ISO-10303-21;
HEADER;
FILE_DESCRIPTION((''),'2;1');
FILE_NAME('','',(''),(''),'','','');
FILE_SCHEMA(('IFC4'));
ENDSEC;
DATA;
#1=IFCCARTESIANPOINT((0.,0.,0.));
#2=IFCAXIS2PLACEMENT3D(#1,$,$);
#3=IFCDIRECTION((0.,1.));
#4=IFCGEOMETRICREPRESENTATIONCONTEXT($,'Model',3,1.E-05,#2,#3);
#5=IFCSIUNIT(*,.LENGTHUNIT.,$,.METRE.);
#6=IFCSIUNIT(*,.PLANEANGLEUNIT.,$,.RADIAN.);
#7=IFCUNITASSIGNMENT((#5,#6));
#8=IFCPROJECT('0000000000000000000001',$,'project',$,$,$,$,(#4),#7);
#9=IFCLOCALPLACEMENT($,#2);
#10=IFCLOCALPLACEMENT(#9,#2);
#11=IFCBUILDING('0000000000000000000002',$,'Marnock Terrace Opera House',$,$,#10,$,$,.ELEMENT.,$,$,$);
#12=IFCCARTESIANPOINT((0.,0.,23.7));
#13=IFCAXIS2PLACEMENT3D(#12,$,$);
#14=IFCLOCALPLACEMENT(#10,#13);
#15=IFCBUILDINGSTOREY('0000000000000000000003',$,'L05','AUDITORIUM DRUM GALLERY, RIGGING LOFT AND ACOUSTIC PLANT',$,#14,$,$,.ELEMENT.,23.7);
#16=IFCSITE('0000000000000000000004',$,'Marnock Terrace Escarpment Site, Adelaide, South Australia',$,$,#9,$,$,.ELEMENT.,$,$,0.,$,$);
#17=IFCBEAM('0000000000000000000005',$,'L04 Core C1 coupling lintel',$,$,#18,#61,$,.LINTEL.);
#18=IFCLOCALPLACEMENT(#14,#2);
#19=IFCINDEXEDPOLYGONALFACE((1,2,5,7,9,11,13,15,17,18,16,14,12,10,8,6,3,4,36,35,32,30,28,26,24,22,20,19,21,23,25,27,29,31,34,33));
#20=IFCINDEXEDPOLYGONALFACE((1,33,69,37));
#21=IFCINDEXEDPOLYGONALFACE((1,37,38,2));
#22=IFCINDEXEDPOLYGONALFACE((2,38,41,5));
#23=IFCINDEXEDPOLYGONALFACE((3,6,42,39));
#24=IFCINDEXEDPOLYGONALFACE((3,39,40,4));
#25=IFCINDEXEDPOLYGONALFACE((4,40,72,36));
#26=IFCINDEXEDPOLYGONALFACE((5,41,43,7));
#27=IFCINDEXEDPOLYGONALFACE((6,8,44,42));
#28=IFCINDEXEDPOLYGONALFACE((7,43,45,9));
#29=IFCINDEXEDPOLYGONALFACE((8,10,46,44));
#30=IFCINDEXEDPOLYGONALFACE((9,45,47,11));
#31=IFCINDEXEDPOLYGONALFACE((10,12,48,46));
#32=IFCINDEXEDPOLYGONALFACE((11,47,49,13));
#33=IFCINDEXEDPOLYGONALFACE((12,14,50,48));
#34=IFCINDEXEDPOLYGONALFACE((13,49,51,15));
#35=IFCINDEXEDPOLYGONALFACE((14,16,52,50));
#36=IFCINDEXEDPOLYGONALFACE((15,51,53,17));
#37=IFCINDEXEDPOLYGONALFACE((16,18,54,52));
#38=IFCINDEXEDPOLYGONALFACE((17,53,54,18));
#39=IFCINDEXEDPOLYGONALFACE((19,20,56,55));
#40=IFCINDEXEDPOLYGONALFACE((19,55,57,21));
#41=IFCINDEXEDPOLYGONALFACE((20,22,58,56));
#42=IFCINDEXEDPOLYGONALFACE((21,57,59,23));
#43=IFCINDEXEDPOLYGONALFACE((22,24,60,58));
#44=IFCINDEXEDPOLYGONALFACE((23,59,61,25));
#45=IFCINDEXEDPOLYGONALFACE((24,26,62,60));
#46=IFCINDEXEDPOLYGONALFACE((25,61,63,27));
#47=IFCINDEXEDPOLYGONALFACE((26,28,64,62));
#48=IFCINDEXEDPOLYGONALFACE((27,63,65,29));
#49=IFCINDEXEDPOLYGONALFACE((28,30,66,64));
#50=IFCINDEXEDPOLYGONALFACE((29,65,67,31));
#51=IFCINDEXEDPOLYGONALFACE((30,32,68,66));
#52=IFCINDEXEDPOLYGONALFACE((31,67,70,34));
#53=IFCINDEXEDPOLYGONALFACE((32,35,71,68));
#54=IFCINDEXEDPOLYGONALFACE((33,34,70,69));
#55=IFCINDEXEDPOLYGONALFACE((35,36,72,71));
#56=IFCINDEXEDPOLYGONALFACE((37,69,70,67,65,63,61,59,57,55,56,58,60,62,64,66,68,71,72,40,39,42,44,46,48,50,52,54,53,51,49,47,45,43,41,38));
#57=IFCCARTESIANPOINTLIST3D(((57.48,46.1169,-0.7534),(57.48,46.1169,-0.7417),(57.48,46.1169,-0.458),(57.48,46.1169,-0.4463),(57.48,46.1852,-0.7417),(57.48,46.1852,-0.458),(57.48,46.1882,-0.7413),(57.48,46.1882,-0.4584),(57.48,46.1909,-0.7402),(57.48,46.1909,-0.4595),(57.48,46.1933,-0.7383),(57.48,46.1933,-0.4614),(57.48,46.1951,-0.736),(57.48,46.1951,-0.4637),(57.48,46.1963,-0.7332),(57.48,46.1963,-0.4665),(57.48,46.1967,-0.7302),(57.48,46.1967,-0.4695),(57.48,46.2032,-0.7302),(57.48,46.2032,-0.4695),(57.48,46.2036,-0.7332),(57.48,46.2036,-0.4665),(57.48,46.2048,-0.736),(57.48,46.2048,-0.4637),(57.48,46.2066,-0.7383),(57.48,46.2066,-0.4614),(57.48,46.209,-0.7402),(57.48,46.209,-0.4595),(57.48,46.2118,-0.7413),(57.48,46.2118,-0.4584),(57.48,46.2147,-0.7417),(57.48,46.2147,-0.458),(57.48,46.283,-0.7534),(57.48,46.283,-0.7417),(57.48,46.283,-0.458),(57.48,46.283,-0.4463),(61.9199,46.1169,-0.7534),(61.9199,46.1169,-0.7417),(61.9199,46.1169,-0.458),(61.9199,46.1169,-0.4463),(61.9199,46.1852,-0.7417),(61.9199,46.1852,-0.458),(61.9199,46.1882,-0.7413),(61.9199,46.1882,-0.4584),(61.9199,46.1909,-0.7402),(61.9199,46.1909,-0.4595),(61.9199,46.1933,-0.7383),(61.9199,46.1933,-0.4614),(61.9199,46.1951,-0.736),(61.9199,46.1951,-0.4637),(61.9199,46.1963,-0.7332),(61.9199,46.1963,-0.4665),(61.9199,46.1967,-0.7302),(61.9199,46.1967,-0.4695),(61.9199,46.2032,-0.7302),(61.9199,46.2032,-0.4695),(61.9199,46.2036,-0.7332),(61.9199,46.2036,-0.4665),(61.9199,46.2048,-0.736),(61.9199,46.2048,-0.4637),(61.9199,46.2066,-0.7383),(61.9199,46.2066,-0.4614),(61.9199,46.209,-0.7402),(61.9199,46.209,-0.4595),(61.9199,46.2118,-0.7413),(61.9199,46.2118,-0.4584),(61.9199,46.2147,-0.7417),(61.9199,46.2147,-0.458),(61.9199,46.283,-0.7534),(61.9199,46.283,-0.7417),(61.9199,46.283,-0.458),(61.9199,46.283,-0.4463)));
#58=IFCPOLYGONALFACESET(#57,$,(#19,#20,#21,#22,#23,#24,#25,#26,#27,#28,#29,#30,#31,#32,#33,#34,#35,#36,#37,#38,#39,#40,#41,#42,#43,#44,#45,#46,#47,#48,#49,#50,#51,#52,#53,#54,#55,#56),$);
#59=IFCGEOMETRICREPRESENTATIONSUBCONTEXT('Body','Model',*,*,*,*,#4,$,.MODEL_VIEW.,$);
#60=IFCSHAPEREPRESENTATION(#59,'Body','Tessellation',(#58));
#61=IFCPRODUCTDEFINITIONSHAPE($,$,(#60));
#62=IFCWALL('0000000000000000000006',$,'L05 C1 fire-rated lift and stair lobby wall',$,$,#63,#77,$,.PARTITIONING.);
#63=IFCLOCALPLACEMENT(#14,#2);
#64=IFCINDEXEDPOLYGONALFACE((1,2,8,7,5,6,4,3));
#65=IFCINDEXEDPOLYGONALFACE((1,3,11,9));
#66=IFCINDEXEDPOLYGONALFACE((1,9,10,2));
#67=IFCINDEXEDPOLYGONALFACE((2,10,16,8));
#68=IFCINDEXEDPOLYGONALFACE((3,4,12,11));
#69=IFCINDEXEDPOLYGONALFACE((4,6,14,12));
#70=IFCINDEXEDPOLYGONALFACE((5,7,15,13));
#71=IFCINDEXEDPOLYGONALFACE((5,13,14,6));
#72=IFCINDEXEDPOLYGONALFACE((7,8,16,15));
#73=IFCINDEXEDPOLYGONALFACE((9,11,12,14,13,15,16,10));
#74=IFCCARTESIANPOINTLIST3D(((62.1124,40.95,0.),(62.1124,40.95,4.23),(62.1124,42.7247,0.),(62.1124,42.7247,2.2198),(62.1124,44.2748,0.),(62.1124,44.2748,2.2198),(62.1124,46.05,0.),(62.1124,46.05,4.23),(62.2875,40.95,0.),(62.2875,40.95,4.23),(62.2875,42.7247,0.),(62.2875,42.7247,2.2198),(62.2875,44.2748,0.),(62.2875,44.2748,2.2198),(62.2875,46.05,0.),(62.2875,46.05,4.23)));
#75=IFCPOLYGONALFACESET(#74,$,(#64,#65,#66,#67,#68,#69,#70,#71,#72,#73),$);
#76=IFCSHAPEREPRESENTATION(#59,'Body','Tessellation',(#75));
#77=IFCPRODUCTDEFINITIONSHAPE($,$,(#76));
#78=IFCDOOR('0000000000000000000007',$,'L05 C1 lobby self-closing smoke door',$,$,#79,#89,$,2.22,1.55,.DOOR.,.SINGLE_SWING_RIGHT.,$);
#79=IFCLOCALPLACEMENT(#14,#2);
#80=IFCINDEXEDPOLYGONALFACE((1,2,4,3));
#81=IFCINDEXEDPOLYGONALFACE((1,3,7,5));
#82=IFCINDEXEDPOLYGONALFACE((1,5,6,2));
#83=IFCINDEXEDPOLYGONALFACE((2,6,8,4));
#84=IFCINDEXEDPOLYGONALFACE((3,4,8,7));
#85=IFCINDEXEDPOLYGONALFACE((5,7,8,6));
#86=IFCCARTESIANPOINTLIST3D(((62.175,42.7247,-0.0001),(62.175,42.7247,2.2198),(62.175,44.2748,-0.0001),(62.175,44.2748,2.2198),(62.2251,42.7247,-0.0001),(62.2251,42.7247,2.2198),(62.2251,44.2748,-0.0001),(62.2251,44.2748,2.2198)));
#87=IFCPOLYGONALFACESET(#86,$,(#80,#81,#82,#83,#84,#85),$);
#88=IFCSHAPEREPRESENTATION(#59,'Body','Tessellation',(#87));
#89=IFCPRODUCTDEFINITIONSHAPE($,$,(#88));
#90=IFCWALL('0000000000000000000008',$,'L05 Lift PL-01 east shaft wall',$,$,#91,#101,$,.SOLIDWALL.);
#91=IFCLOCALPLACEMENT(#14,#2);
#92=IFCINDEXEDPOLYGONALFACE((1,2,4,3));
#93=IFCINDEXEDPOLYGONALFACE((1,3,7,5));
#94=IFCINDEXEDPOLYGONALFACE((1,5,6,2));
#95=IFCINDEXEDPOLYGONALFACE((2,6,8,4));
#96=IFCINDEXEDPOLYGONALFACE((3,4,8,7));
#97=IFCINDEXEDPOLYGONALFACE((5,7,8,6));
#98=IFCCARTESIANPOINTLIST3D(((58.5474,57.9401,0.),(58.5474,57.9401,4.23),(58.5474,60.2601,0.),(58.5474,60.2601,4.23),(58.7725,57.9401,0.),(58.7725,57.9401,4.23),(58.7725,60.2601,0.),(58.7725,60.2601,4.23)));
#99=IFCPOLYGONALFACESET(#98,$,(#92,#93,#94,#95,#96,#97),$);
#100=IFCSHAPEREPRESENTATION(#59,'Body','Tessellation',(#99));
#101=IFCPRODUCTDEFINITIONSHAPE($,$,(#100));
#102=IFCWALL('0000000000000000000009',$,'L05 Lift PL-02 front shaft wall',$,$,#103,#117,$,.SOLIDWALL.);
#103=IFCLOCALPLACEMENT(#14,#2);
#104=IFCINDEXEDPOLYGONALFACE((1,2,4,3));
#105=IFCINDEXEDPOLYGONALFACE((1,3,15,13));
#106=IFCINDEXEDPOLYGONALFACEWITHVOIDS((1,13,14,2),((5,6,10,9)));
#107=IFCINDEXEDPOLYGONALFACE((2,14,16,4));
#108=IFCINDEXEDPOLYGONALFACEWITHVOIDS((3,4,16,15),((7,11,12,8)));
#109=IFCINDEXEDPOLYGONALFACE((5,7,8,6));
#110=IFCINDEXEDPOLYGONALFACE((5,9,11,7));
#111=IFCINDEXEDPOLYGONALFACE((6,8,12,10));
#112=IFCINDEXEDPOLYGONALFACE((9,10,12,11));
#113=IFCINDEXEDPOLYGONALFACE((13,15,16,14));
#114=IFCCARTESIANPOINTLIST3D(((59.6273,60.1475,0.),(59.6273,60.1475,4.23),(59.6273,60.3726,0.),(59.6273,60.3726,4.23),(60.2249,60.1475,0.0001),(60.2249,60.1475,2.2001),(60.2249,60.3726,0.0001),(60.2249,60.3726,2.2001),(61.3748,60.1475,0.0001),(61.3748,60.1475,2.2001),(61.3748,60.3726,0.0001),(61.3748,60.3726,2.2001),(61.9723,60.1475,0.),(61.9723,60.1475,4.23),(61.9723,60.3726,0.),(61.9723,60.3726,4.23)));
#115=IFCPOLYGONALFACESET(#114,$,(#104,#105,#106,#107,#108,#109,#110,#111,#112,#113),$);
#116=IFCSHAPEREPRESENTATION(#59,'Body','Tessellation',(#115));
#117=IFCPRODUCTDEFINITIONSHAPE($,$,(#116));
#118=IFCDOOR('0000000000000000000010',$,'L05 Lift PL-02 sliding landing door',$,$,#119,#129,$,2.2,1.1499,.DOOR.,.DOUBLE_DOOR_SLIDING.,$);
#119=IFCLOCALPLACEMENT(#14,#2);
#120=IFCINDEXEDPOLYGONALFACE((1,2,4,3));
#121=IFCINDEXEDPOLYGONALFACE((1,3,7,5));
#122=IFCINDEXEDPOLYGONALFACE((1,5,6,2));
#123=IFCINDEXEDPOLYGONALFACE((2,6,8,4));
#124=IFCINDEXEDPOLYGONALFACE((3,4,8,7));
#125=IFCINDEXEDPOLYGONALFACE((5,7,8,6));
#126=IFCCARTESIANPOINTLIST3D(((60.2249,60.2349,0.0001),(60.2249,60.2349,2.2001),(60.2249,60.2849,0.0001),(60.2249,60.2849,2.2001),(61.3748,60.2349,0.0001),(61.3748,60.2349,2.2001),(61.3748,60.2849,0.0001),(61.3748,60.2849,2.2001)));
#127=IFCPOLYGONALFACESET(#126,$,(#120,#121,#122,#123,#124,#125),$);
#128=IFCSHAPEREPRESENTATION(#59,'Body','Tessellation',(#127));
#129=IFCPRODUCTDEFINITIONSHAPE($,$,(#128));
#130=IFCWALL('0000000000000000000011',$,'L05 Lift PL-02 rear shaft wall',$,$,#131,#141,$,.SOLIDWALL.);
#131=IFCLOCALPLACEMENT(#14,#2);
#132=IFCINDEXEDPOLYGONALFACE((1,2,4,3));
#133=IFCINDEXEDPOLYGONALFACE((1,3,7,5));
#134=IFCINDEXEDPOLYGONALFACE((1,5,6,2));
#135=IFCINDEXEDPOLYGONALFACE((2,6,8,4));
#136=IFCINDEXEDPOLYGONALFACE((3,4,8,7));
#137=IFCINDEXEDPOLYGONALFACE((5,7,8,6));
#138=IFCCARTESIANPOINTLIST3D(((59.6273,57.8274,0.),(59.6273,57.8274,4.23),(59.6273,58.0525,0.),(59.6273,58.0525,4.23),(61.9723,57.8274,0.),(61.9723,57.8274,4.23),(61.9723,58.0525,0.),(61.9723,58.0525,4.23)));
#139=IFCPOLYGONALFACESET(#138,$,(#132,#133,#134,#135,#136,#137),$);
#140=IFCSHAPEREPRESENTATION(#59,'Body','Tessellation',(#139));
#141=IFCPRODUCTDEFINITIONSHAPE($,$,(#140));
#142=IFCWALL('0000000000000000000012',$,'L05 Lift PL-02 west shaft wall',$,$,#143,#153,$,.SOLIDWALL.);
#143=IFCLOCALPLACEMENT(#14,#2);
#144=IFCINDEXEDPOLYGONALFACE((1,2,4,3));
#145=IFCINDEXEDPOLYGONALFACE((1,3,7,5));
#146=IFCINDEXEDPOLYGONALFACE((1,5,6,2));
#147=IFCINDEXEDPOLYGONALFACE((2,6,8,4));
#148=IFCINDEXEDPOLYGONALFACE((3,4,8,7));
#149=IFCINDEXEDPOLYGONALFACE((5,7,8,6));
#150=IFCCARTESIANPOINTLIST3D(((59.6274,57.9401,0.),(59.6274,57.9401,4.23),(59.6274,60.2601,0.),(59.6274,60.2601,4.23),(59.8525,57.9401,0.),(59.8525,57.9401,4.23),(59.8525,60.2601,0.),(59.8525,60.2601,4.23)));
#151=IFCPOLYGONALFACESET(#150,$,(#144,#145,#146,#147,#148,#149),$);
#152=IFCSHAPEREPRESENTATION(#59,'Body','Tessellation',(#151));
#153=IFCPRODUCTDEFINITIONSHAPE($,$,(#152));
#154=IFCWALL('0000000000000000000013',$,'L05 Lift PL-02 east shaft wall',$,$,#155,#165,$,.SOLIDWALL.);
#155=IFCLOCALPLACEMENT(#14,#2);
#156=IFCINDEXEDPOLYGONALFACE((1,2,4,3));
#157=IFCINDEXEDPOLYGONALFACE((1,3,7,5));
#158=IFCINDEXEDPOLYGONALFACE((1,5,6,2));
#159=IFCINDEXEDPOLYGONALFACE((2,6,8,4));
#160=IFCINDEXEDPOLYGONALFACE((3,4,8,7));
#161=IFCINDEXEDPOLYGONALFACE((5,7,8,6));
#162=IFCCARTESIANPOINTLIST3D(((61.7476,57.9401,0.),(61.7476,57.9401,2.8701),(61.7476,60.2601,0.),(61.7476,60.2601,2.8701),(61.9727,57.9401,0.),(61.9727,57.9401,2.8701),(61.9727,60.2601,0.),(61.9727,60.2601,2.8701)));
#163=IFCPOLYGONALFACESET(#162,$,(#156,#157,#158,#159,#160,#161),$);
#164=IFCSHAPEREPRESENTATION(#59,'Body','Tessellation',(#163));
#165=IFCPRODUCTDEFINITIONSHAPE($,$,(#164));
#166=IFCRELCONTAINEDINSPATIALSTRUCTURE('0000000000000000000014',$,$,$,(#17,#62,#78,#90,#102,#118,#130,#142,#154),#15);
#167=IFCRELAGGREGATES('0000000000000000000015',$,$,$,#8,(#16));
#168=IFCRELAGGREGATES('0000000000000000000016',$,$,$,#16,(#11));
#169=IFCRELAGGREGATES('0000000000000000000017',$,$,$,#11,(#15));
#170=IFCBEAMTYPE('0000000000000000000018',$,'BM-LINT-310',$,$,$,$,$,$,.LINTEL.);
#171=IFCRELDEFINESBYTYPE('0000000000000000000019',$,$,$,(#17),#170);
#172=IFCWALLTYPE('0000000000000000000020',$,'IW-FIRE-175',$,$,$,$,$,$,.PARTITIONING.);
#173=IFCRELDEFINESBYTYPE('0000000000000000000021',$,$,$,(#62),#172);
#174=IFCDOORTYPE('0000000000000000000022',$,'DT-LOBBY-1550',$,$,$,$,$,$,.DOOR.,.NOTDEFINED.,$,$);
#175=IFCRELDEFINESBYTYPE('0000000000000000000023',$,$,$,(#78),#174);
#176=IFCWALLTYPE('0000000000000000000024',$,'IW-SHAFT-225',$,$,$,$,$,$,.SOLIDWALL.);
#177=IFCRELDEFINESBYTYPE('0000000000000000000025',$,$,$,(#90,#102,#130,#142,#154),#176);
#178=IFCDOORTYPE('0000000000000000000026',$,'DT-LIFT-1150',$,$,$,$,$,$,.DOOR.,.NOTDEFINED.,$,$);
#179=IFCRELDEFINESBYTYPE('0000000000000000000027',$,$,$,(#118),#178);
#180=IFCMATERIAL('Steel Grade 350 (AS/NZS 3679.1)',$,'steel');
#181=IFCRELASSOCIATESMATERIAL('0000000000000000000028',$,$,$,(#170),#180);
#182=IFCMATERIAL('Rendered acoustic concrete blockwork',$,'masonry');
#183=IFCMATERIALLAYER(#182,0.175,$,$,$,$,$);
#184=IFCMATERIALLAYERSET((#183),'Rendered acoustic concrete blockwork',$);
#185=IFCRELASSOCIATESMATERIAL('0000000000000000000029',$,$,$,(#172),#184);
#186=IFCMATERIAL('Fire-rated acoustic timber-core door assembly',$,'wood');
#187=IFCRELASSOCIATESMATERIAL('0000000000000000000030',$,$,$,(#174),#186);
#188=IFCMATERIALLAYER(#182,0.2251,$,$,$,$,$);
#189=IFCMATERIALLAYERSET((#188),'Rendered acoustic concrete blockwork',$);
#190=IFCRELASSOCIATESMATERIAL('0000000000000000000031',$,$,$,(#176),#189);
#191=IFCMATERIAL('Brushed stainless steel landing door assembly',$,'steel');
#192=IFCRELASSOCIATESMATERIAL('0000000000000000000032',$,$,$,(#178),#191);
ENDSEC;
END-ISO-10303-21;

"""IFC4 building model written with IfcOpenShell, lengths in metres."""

from ifc_helpers import new_model, si_unit, direction, frame, frame_2d, origin, origin_2d, place, context, subcontext, project, spatial, rectangle, i_section, extrude, material, layer, layer_set, material_profile, profile_set, type_object, element, fill, save


model = new_model("IFC4")

# Units and contexts
model_context = context("Model", 3, precision=1e-05, world=origin(), true_north=direction((0.0, 1.0)))
body_context = subcontext(model_context, "Body", "Model", "MODEL_VIEW")
ifc_project = project(units=[si_unit("LENGTHUNIT", "METRE"), si_unit("PLANEANGLEUNIT", "RADIAN")], contexts=[model_context])

# Site, building, storey
site_placement = place(None, origin())
site = spatial("IfcSite", under=ifc_project, at=site_placement, Name="Marnock Terrace Escarpment Site, Adelaide, South Australia", CompositionType="ELEMENT", RefElevation=0.0)
building_placement = place(site_placement, origin())
building = spatial("IfcBuilding", under=site, at=building_placement, Name="Marnock Terrace Opera House", CompositionType="ELEMENT")
storey_placement = place(building_placement, frame((0.0, 0.0, 23.7)))
storey = spatial("IfcBuildingStorey", under=building, at=storey_placement, Name="L05", Description="AUDITORIUM DRUM GALLERY, RIGGING LOFT AND ACOUSTIC PLANT", CompositionType="ELEMENT", Elevation=23.7)

# Beam
ifc_material_1 = material(Name="Steel Grade 350 (AS/NZS 3679.1)", Category="steel")
ifc_material_profile_1 = material_profile(ifc_material_1, i_section(OverallWidth=0.166, OverallDepth=0.3071, WebThickness=0.0066, FlangeThickness=0.0117, FilletRadius=0.0115, at=origin_2d()))
ifc_profile_set_1 = profile_set([ifc_material_profile_1], Name="Steel Grade 350 (AS/NZS 3679.1)")
beam_type_1 = type_object("IfcBeamType", Name="BM-LINT-310", PredefinedType="LINTEL", material=ifc_profile_set_1)
beam_1_placement = place(storey_placement, frame((57.48, 46.2, -0.5999), z_axis=(1.0, 0.0, 0.0), x_axis=(0.0, 1.0, 0.0)))
element("IfcBeam", 1, at=beam_1_placement, inside=storey, type_object=beam_type_1, Name="L04 Core C1 coupling lintel", PredefinedType="LINTEL", context=body_context, shape_type="SweptSolid", body=[
    extrude(i_section(OverallWidth=0.166, OverallDepth=0.3071, WebThickness=0.0066, FlangeThickness=0.0117, FilletRadius=0.0115, at=origin_2d()), origin(), (0.0, 0.0, 1.0), 4.4399),
])

# Wall, opening, door
ifc_material_2 = material(Name="Rendered acoustic concrete blockwork", Category="masonry")
ifc_layer_1 = layer(ifc_material_2, 0.175)
ifc_layer_set_1 = layer_set([ifc_layer_1], Name="Rendered acoustic concrete blockwork")
wall_type_1 = type_object("IfcWallType", Name="IW-FIRE-175", PredefinedType="PARTITIONING", material=ifc_layer_set_1)
wall_1_placement = place(storey_placement, frame((62.2, 40.95, 0.0), z_axis=(0.0, 0.0, 1.0), x_axis=(0.0, 1.0, 0.0)))
wall_1 = element("IfcWall", 2, at=wall_1_placement, inside=storey, type_object=wall_type_1, Name="L05 C1 fire-rated lift and stair lobby wall", PredefinedType="PARTITIONING", context=body_context, shape_type="SweptSolid", body=[
    extrude(rectangle(XDim=5.1001, YDim=0.175, at=frame_2d((2.55, 0.0))), origin(), (0.0, 0.0, 1.0), 4.23),
])
opening_1_placement = place(wall_1_placement, frame((1.7749, 0.0, 0.0)))
opening_1 = element("IfcOpeningElement", 3, at=opening_1_placement, cuts=wall_1, PredefinedType="OPENING", context=body_context, shape_type="SweptSolid", body=[
    extrude(rectangle(XDim=1.55, YDim=2.22, at=frame_2d((0.7749, 1.1099))), frame((0.0, 0.0974, 0.0), z_axis=(0.0, -1.0, 0.0), x_axis=(1.0, 0.0, 0.0)), (0.0, 0.0, 1.0), 0.1951),
])
ifc_material_3 = material(Name="Fire-rated acoustic timber-core door assembly", Category="wood")
door_type_1 = type_object("IfcDoorType", Name="DT-LOBBY-1550", OperationType="NOTDEFINED", PredefinedType="DOOR", material=ifc_material_3)
door_1_placement = place(opening_1_placement, origin())
door_1 = element("IfcDoor", 4, at=door_1_placement, inside=storey, type_object=door_type_1, Name="L05 C1 lobby self-closing smoke door", OperationType="SINGLE_SWING_RIGHT", OverallHeight=2.22, OverallWidth=1.55, PredefinedType="DOOR", context=body_context, shape_type="SweptSolid", body=[
    extrude(rectangle(XDim=1.55, YDim=2.22, at=frame_2d((0.7749, 1.1099))), frame((0.0, 0.0249, 0.0), z_axis=(0.0, -1.0, 0.0), x_axis=(1.0, 0.0, 0.0)), (0.0, 0.0, 1.0), 0.05),
])
fill(opening_1, door_1)

# Wall
ifc_layer_2 = layer(ifc_material_2, 0.2251)
ifc_layer_set_2 = layer_set([ifc_layer_2], Name="Rendered acoustic concrete blockwork")
wall_type_2 = type_object("IfcWallType", Name="IW-SHAFT-225", PredefinedType="SOLIDWALL", material=ifc_layer_set_2)
wall_2_placement = place(storey_placement, frame((58.6599, 57.9399, 0.0), z_axis=(0.0, 0.0, 1.0), x_axis=(0.0, 1.0, 0.0)))
element("IfcWall", 5, at=wall_2_placement, inside=storey, type_object=wall_type_2, Name="L05 Lift PL-01 east shaft wall", PredefinedType="SOLIDWALL", context=body_context, shape_type="SweptSolid", body=[
    extrude(rectangle(XDim=2.3201, YDim=0.2251, at=frame_2d((1.1602, 0.0))), origin(), (0.0, 0.0, 1.0), 4.23),
])

# Wall, opening, door
wall_3_placement = place(storey_placement, frame((59.6274, 60.26, 0.0), z_axis=(0.0, 0.0, 1.0), x_axis=(1.0, 0.0, 0.0)))
wall_3 = element("IfcWall", 6, at=wall_3_placement, inside=storey, type_object=wall_type_2, Name="L05 Lift PL-02 front shaft wall", PredefinedType="SOLIDWALL", context=body_context, shape_type="SweptSolid", body=[
    extrude(rectangle(XDim=2.345, YDim=0.2251, at=frame_2d((1.1724, 0.0))), origin(), (0.0, 0.0, 1.0), 4.23),
])
opening_2_placement = place(wall_3_placement, frame((0.5974, 0.0, 0.0)))
opening_2 = element("IfcOpeningElement", 7, at=opening_2_placement, cuts=wall_3, PredefinedType="OPENING", context=body_context, shape_type="SweptSolid", body=[
    extrude(rectangle(XDim=1.1499, YDim=2.2, at=frame_2d((0.575, 1.1001))), frame((0.0, 0.1226, 0.0), z_axis=(0.0, -1.0, 0.0), x_axis=(1.0, 0.0, 0.0)), (0.0, 0.0, 1.0), 0.2451),
])
ifc_material_4 = material(Name="Brushed stainless steel landing door assembly", Category="steel")
door_type_2 = type_object("IfcDoorType", Name="DT-LIFT-1150", OperationType="NOTDEFINED", PredefinedType="DOOR", material=ifc_material_4)
door_2_placement = place(opening_2_placement, origin())
door_2 = element("IfcDoor", 8, at=door_2_placement, inside=storey, type_object=door_type_2, Name="L05 Lift PL-02 sliding landing door", OperationType="DOUBLE_DOOR_SLIDING", OverallHeight=2.2, OverallWidth=1.1499, PredefinedType="DOOR", context=body_context, shape_type="SweptSolid", body=[
    extrude(rectangle(XDim=1.1499, YDim=2.2, at=frame_2d((0.575, 1.1001))), frame((0.0, 0.0249, 0.0), z_axis=(0.0, -1.0, 0.0), x_axis=(1.0, 0.0, 0.0)), (0.0, 0.0, 1.0), 0.05),
])
fill(opening_2, door_2)

# Walls
wall_4_placement = place(storey_placement, frame((59.6274, 57.9399, 0.0), z_axis=(0.0, 0.0, 1.0), x_axis=(1.0, 0.0, 0.0)))
element("IfcWall", 9, at=wall_4_placement, inside=storey, type_object=wall_type_2, Name="L05 Lift PL-02 rear shaft wall", PredefinedType="SOLIDWALL", context=body_context, shape_type="SweptSolid", body=[
    extrude(rectangle(XDim=2.345, YDim=0.2251, at=frame_2d((1.1724, 0.0))), origin(), (0.0, 0.0, 1.0), 4.23),
])
wall_5_placement = place(storey_placement, frame((59.74, 57.9399, 0.0), z_axis=(0.0, 0.0, 1.0), x_axis=(0.0, 1.0, 0.0)))
element("IfcWall", 10, at=wall_5_placement, inside=storey, type_object=wall_type_2, Name="L05 Lift PL-02 west shaft wall", PredefinedType="SOLIDWALL", context=body_context, shape_type="SweptSolid", body=[
    extrude(rectangle(XDim=2.3201, YDim=0.2251, at=frame_2d((1.1602, 0.0))), origin(), (0.0, 0.0, 1.0), 4.23),
])
wall_6_placement = place(storey_placement, frame((61.8601, 57.9399, 0.0), z_axis=(0.0, 0.0, 1.0), x_axis=(0.0, 1.0, 0.0)))
element("IfcWall", 11, at=wall_6_placement, inside=storey, type_object=wall_type_2, Name="L05 Lift PL-02 east shaft wall", PredefinedType="SOLIDWALL", context=body_context, shape_type="SweptSolid", body=[
    extrude(rectangle(XDim=2.3201, YDim=0.2251, at=frame_2d((1.1602, 0.0))), origin(), (0.0, 0.0, 1.0), 2.8701),
])

save(model, "model.ifc")
